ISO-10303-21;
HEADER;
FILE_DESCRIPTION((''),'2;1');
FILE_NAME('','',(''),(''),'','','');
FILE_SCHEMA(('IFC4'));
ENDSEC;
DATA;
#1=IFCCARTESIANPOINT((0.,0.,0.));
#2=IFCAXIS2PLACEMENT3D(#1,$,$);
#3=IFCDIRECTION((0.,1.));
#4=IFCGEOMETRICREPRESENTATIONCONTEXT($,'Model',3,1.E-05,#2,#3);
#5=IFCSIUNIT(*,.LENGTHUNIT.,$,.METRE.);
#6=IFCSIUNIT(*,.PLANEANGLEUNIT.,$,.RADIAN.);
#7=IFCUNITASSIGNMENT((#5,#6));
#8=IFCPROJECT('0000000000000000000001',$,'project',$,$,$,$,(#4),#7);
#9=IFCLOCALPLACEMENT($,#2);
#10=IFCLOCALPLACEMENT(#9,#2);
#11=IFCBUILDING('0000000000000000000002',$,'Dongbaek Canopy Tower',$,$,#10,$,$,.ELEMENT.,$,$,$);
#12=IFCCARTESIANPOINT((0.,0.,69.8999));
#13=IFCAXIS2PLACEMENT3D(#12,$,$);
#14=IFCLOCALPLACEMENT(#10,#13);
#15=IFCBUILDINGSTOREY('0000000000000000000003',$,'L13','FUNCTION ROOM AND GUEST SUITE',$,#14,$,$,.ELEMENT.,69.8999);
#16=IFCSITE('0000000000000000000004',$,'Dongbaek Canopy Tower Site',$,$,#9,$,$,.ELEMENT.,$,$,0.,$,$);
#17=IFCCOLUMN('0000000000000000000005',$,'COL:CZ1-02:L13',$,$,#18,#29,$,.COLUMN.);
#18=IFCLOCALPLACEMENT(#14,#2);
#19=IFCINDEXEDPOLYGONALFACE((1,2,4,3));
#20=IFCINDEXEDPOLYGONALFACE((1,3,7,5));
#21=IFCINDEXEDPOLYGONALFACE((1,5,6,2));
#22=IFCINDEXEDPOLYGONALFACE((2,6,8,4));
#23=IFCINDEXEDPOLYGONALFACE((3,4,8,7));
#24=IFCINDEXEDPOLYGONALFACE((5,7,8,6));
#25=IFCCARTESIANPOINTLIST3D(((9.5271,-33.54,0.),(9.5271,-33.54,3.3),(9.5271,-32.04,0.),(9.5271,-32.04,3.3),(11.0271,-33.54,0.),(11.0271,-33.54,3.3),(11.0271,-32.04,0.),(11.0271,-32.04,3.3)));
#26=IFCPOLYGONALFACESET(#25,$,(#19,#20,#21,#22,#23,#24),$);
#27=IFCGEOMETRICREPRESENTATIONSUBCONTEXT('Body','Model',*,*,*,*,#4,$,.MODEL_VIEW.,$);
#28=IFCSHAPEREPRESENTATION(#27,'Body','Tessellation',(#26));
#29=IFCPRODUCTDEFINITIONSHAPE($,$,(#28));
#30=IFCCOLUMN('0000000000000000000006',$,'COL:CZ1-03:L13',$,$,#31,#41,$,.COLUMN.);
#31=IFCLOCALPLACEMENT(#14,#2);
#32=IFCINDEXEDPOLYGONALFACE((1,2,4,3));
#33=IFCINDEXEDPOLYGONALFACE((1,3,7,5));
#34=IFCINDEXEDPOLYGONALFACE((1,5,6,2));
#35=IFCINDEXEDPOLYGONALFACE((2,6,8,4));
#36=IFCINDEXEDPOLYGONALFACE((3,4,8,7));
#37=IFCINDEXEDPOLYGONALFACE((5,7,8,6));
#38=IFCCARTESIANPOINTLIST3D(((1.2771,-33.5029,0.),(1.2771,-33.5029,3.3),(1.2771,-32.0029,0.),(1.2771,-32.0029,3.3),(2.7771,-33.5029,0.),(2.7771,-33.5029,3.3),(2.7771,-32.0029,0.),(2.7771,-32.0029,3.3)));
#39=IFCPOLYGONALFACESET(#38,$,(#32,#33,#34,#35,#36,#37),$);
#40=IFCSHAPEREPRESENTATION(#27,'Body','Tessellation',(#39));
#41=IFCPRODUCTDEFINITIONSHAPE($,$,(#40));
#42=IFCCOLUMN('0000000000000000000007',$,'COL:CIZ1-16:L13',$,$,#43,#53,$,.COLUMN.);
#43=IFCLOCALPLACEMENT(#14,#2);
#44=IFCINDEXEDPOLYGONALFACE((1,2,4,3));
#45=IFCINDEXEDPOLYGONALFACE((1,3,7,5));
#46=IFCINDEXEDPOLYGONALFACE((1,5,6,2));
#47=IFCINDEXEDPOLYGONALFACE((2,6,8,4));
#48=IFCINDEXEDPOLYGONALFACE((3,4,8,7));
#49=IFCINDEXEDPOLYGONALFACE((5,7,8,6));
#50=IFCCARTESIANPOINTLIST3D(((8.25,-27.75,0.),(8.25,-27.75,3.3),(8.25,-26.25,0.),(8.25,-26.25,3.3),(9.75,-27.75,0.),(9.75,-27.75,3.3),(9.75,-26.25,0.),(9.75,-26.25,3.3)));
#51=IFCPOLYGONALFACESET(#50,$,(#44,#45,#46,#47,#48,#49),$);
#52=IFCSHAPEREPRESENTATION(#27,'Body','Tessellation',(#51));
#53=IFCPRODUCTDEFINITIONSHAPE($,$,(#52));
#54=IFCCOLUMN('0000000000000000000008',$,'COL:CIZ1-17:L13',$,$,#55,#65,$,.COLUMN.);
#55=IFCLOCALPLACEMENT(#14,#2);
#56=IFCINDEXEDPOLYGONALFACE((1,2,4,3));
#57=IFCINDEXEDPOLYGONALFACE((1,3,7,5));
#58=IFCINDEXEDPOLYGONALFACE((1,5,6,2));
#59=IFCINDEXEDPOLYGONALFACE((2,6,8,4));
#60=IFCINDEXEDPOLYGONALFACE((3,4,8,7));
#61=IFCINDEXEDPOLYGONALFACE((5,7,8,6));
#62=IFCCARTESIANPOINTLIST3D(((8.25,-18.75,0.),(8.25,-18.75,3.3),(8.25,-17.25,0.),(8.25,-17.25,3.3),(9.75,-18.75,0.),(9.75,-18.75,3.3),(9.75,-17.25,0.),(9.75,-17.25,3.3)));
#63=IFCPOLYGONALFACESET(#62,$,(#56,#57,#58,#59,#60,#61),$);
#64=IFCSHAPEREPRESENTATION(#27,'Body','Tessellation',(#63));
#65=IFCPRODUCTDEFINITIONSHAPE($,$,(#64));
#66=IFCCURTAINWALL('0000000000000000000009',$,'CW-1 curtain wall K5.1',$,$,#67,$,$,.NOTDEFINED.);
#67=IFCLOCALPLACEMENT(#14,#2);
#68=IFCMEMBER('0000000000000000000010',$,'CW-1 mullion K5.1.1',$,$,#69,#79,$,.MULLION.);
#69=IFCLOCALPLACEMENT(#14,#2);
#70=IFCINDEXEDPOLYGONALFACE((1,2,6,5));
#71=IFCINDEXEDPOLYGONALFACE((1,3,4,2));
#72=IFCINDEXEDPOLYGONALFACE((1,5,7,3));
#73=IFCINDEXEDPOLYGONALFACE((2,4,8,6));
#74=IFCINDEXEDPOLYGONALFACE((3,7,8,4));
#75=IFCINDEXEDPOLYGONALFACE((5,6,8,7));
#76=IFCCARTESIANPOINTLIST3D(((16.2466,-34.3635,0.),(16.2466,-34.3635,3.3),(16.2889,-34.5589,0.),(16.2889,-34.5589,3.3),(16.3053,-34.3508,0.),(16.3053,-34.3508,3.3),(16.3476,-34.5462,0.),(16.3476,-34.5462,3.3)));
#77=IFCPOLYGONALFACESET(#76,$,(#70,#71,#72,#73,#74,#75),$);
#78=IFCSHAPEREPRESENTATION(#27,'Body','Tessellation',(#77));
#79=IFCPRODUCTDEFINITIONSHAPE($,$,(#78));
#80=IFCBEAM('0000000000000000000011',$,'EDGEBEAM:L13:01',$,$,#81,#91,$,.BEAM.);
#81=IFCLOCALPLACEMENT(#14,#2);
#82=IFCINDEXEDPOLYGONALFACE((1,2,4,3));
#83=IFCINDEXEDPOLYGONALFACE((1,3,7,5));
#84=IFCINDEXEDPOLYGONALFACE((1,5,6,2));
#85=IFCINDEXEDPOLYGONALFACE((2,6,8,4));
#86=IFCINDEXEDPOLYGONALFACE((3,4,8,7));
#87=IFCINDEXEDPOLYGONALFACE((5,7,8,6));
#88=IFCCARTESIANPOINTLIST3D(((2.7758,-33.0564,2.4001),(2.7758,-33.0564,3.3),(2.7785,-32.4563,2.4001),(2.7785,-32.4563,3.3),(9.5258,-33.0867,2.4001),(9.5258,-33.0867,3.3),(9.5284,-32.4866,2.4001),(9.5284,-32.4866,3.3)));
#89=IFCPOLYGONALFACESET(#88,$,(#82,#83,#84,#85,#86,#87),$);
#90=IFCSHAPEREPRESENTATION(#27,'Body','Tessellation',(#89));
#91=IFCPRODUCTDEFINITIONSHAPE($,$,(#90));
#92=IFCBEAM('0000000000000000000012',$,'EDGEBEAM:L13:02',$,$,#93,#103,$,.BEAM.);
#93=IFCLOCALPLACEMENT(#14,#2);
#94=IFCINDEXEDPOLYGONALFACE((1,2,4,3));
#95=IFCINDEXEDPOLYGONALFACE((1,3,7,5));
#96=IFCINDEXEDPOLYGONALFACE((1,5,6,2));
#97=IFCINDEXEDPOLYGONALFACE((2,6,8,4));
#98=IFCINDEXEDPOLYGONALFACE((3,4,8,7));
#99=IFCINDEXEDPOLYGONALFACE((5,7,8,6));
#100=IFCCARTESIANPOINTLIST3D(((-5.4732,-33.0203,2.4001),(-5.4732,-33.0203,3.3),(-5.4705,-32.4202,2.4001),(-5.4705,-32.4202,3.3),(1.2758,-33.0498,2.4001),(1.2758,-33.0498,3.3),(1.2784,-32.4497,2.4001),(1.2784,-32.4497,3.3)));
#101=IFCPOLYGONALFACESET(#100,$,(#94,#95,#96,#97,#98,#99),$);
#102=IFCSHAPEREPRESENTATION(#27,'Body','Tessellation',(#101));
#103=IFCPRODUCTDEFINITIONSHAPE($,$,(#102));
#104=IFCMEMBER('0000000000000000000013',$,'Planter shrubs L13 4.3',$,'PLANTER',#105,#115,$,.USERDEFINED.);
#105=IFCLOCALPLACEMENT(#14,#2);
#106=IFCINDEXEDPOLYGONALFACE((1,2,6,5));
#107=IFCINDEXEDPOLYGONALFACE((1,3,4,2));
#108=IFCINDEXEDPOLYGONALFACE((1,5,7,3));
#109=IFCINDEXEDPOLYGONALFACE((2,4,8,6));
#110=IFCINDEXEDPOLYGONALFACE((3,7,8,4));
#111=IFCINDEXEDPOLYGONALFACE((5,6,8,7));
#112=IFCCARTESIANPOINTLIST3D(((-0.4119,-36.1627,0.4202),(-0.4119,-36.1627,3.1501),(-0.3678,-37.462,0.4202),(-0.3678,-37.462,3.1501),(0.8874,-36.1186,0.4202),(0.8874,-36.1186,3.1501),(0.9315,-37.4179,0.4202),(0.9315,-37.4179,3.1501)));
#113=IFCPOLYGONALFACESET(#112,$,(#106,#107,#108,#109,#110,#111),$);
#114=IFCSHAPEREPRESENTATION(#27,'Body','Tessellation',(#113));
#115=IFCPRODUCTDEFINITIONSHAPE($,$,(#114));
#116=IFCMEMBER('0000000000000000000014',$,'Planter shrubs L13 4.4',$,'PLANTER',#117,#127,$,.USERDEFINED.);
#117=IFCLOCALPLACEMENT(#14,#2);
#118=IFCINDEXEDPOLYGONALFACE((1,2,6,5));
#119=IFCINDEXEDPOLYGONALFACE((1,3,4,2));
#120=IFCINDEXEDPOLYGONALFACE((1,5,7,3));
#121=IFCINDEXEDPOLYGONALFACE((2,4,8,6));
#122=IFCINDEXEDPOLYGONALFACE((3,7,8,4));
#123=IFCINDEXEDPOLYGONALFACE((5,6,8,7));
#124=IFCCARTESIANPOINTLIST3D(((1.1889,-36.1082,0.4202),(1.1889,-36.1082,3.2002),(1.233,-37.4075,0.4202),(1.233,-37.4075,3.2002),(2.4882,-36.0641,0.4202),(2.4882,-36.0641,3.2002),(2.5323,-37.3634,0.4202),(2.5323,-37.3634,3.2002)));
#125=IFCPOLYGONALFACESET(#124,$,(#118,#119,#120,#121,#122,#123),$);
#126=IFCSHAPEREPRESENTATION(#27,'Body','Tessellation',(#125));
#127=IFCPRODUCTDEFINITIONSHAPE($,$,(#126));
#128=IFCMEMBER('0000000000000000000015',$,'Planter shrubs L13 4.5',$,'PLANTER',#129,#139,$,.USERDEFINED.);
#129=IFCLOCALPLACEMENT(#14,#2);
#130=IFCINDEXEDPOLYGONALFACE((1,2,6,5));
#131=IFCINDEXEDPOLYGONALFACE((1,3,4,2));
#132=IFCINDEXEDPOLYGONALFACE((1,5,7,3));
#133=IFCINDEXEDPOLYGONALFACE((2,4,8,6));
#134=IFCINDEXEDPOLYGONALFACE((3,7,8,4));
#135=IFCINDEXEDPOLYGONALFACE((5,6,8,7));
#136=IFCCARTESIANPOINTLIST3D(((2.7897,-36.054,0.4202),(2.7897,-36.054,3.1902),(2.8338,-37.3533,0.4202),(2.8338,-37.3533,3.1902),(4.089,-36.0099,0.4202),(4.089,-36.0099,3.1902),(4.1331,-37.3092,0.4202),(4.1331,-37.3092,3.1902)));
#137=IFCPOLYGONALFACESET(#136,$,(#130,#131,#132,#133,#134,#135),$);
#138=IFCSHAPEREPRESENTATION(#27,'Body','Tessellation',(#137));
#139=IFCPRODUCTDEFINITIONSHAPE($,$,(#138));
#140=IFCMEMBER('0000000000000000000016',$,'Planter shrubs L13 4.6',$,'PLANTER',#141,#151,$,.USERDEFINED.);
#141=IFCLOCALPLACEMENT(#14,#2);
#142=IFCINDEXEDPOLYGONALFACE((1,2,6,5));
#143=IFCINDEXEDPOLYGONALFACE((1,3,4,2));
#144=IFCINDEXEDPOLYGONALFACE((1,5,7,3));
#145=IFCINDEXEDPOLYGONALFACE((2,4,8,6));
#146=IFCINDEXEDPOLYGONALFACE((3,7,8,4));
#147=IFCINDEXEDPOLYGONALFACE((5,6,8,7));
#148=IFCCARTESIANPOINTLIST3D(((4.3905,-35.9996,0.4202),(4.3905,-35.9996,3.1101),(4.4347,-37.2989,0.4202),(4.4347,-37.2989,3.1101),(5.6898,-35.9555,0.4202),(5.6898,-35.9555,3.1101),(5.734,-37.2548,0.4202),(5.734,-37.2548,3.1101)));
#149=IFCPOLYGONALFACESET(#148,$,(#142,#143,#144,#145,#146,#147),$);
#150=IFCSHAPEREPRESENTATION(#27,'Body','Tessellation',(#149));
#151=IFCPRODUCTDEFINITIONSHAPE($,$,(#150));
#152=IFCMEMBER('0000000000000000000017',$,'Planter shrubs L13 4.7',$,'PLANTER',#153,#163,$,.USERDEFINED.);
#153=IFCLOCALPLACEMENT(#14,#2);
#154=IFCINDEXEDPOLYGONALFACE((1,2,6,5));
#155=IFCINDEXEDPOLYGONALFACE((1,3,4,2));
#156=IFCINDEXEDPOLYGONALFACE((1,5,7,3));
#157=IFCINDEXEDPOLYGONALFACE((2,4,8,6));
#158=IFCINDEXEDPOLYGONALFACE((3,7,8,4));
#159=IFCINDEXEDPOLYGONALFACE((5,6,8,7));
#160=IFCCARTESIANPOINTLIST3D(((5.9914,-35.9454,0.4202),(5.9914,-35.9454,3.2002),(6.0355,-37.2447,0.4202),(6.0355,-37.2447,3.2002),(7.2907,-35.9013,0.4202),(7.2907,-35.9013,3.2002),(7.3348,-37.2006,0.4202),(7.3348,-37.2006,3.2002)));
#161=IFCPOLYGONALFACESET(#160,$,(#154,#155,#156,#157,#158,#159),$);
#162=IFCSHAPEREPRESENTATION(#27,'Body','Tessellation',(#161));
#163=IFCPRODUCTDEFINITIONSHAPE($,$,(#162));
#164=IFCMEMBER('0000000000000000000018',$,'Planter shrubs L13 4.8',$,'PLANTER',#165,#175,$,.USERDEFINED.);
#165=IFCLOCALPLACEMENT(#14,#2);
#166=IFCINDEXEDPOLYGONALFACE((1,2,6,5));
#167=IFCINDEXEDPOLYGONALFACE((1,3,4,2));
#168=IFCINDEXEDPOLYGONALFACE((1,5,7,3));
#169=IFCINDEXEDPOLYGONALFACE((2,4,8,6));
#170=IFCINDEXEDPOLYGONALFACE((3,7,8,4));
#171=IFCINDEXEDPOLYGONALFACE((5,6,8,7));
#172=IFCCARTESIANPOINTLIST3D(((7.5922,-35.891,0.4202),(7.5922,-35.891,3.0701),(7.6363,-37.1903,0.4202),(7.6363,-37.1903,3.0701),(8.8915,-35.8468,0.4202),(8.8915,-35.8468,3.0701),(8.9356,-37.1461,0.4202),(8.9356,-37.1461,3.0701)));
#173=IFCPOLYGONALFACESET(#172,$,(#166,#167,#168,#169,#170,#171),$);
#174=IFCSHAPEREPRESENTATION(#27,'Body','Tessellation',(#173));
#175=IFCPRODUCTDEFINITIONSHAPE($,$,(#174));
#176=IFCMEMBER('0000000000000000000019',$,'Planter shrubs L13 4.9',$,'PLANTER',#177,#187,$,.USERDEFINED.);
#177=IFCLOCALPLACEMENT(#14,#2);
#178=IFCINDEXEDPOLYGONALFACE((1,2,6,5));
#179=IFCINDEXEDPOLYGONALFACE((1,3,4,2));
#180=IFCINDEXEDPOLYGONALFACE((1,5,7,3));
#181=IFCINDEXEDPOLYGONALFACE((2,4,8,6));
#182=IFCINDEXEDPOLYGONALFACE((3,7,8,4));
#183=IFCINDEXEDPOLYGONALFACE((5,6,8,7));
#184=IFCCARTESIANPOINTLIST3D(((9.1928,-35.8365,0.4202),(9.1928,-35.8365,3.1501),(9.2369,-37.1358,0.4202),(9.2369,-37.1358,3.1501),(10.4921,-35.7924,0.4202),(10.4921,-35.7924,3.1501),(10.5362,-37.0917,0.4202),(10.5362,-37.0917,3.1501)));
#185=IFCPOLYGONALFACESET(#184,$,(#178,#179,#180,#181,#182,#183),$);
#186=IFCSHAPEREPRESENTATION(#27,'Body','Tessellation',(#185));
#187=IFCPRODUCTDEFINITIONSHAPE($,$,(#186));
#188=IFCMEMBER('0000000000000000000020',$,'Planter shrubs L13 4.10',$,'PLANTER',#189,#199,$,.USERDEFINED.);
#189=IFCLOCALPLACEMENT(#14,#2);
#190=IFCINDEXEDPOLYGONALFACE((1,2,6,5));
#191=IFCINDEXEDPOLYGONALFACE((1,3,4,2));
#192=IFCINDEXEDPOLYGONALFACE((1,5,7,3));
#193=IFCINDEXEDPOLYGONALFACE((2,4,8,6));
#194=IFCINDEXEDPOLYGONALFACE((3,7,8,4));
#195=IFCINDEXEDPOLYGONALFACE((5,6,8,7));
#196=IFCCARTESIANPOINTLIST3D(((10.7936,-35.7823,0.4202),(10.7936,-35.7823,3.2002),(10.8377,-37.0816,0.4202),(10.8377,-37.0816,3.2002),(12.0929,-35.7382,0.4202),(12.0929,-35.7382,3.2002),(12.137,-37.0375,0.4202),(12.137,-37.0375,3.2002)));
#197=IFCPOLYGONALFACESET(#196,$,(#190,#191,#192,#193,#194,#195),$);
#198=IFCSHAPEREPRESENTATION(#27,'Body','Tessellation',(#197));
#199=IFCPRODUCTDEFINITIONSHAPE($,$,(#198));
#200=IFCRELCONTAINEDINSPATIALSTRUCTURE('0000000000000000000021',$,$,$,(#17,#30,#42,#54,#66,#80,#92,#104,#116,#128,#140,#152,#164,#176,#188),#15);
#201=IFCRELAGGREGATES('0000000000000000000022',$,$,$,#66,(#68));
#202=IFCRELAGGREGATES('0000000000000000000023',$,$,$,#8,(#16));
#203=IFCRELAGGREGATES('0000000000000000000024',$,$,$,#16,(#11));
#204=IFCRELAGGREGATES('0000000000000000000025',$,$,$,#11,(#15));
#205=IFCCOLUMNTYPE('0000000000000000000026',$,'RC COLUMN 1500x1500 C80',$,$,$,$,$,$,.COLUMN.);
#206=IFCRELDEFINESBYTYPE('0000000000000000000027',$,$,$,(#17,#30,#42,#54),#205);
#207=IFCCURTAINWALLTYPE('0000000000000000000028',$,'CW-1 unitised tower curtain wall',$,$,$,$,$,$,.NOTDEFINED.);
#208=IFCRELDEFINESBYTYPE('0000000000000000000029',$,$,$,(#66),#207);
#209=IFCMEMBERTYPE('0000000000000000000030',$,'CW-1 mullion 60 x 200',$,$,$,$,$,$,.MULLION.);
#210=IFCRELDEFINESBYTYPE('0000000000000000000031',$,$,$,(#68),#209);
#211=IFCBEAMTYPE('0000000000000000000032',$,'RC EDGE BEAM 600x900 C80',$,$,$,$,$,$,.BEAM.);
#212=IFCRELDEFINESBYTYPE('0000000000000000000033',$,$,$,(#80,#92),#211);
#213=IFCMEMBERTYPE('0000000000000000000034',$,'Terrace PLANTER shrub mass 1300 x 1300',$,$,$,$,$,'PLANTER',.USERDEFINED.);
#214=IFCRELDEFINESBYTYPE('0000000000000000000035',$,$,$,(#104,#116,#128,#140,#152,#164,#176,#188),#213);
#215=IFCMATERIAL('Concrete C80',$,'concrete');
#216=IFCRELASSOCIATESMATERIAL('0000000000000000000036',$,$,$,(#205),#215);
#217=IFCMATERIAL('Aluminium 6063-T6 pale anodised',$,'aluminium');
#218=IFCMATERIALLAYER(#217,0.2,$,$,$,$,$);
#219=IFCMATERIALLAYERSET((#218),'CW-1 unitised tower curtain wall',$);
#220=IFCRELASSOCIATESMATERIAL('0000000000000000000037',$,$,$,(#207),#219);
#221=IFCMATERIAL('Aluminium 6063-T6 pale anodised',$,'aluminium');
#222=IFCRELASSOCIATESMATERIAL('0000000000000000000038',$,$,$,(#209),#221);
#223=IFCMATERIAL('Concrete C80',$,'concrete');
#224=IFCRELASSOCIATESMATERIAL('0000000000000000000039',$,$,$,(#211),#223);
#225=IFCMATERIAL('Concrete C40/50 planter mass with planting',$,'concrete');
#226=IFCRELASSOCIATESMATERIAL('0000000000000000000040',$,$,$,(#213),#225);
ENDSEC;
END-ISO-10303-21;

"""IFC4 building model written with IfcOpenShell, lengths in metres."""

from ifc_helpers import new_model, si_unit, direction, frame, origin, origin_2d, place, context, subcontext, project, spatial, rectangle, extrude, material, layer, layer_set, material_profile, profile_set, type_object, element, aggregate, save


model = new_model("IFC4")

# Units and contexts
model_context = context("Model", 3, precision=1e-05, world=origin(), true_north=direction((0.0, 1.0)))
body_context = subcontext(model_context, "Body", "Model", "MODEL_VIEW")
ifc_project = project(units=[si_unit("LENGTHUNIT", "METRE"), si_unit("PLANEANGLEUNIT", "RADIAN")], contexts=[model_context])

# Site, building, storey
site_placement = place(None, origin())
site = spatial("IfcSite", under=ifc_project, at=site_placement, Name="Dongbaek Canopy Tower Site", CompositionType="ELEMENT", RefElevation=0.0)
building_placement = place(site_placement, origin())
building = spatial("IfcBuilding", under=site, at=building_placement, Name="Dongbaek Canopy Tower", CompositionType="ELEMENT")
storey_placement = place(building_placement, frame((0.0, 0.0, 69.8999)))
storey = spatial("IfcBuildingStorey", under=building, at=storey_placement, Name="L13", Description="FUNCTION ROOM AND GUEST SUITE", CompositionType="ELEMENT", Elevation=69.8999)

# Columns
ifc_material_1 = material(Name="Concrete C80", Category="concrete")
ifc_material_profile_1 = material_profile(ifc_material_1, rectangle(XDim=1.5, YDim=1.5, at=origin_2d()), Name="RC COLUMN 1500x1500 C80")
ifc_profile_set_1 = profile_set([ifc_material_profile_1], Name="Concrete C80")
column_type = type_object("IfcColumnType", Name="RC COLUMN 1500x1500 C80", PredefinedType="COLUMN", material=ifc_profile_set_1)
for number, where, z_axis, x_axis, name in (
    (1, (10.2771, -32.79, 0.0), (0.0, 0.0, 1.0), (1.0, 0.0, 0.0), "COL:CZ1-02:L13"),
    (2, (2.0271, -32.7529, 0.0), (0.0, 0.0, 1.0), (1.0, 0.0, 0.0), "COL:CZ1-03:L13"),
    (3, (9.0, -27.0, 0.0), (0.0, 0.0, 1.0), (1.0, 0.0, 0.0), "COL:CIZ1-16:L13"),
    (4, (9.0, -18.0, 0.0), (0.0, 0.0, 1.0), (1.0, 0.0, 0.0), "COL:CIZ1-17:L13"),
):
    element("IfcColumn", number, at=place(storey_placement, frame(where, z_axis=z_axis, x_axis=x_axis)), inside=storey, type_object=column_type, Name=name, PredefinedType="COLUMN", context=body_context, shape_type="SweptSolid", body=[
        extrude(rectangle(XDim=1.5, YDim=1.5, at=origin_2d()), origin(), (0.0, 0.0, 1.0), 3.3),
    ])

# Curtain wall, member
ifc_material_2 = material(Name="Aluminium 6063-T6 pale anodised", Category="aluminium")
ifc_layer_1 = layer(ifc_material_2, 0.2)
ifc_layer_set_1 = layer_set([ifc_layer_1], Name="CW-1 unitised tower curtain wall")
curtain_wall_type = type_object("IfcCurtainWallType", Name="CW-1 unitised tower curtain wall", PredefinedType="NOTDEFINED", material=ifc_layer_set_1)
curtain_wall_placement = place(storey_placement, origin())
curtain_wall = element("IfcCurtainWall", 5, at=curtain_wall_placement, inside=storey, type_object=curtain_wall_type, Name="CW-1 curtain wall K5.1", PredefinedType="NOTDEFINED")
ifc_material_3 = material(Name="Aluminium 6063-T6 pale anodised", Category="aluminium")
ifc_material_profile_2 = material_profile(ifc_material_3, rectangle(XDim=0.2, YDim=0.0601, at=origin_2d()), Name="CW-1 mullion 60 x 200")
ifc_profile_set_2 = profile_set([ifc_material_profile_2], Name="Aluminium 6063-T6 pale anodised")
member_type_1 = type_object("IfcMemberType", Name="CW-1 mullion 60 x 200", PredefinedType="MULLION", material=ifc_profile_set_2)
member_1_placement = place(storey_placement, frame((16.2971, -34.4548, 0.0), z_axis=(0.0, 0.0, 1.0), x_axis=(0.211349, -0.977411, 0.0)))
member_1 = element("IfcMember", 6, at=member_1_placement, type_object=member_type_1, Name="CW-1 mullion K5.1.1", PredefinedType="MULLION", context=body_context, shape_type="SweptSolid", body=[
    extrude(rectangle(XDim=0.2, YDim=0.0601, at=origin_2d()), origin(), (0.0, 0.0, 1.0), 3.3),
])
aggregate(curtain_wall, [member_1])

# Beams
ifc_material_4 = material(Name="Concrete C80", Category="concrete")
ifc_material_profile_3 = material_profile(ifc_material_4, rectangle(XDim=0.6001, YDim=0.8999, at=origin_2d()), Name="RC EDGE BEAM 600x900 C80")
ifc_profile_set_3 = profile_set([ifc_material_profile_3], Name="Concrete C80")
beam_type = type_object("IfcBeamType", Name="RC EDGE BEAM 600x900 C80", PredefinedType="BEAM", material=ifc_profile_set_3)
beam_1_placement = place(storey_placement, frame((9.5271, -32.7866, 2.8501), z_axis=(-0.99999, 0.004485, 0.0), x_axis=(-0.004485, -0.99999, 0.0)))
element("IfcBeam", 7, at=beam_1_placement, inside=storey, type_object=beam_type, Name="EDGEBEAM:L13:01", PredefinedType="BEAM", context=body_context, shape_type="SweptSolid", body=[
    extrude(rectangle(XDim=0.6001, YDim=0.8999, at=origin_2d()), origin(), (0.0, 0.0, 1.0), 6.75),
])
beam_2_placement = place(storey_placement, frame((1.2771, -32.7498, 2.8501), z_axis=(-0.99999, 0.004377, 0.0), x_axis=(-0.004377, -0.99999, 0.0)))
element("IfcBeam", 8, at=beam_2_placement, inside=storey, type_object=beam_type, Name="EDGEBEAM:L13:02", PredefinedType="BEAM", context=body_context, shape_type="SweptSolid", body=[
    extrude(rectangle(XDim=0.6001, YDim=0.8999, at=origin_2d()), origin(), (0.0, 0.0, 1.0), 6.749),
])

# Members
ifc_material_5 = material(Name="Concrete C40/50 planter mass with planting", Category="concrete")
ifc_material_profile_4 = material_profile(ifc_material_5, rectangle(XDim=1.3, YDim=1.3, at=origin_2d()), Name="Terrace PLANTER shrub mass 1300 x 1300")
ifc_profile_set_4 = profile_set([ifc_material_profile_4], Name="Concrete C40/50 planter mass with planting")
member_type_2 = type_object("IfcMemberType", Name="Terrace PLANTER shrub mass 1300 x 1300", ElementType="PLANTER", PredefinedType="USERDEFINED", material=ifc_profile_set_4)
member_2_placement = place(storey_placement, frame((0.2598, -36.7903, 0.4202), z_axis=(0.0, 0.0, 1.0), x_axis=(0.033933, -0.999424, 0.0)))
element("IfcMember", 9, at=member_2_placement, inside=storey, type_object=member_type_2, Name="Planter shrubs L13 4.3", ObjectType="PLANTER", PredefinedType="USERDEFINED", context=body_context, shape_type="SweptSolid", body=[
    extrude(rectangle(XDim=1.3, YDim=1.3, at=origin_2d()), origin(), (0.0, 0.0, 1.0), 2.73),
])
member_3_placement = place(storey_placement, frame((1.8606, -36.7358, 0.4202), z_axis=(0.0, 0.0, 1.0), x_axis=(0.033933, -0.999424, 0.0)))
element("IfcMember", 10, at=member_3_placement, inside=storey, type_object=member_type_2, Name="Planter shrubs L13 4.4", ObjectType="PLANTER", PredefinedType="USERDEFINED", context=body_context, shape_type="SweptSolid", body=[
    extrude(rectangle(XDim=1.3, YDim=1.3, at=origin_2d()), origin(), (0.0, 0.0, 1.0), 2.78),
])
member_4_placement = place(storey_placement, frame((3.4614, -36.6816, 0.4202), z_axis=(0.0, 0.0, 1.0), x_axis=(0.033933, -0.999424, 0.0)))
element("IfcMember", 11, at=member_4_placement, inside=storey, type_object=member_type_2, Name="Planter shrubs L13 4.5", ObjectType="PLANTER", PredefinedType="USERDEFINED", context=body_context, shape_type="SweptSolid", body=[
    extrude(rectangle(XDim=1.3, YDim=1.3, at=origin_2d()), origin(), (0.0, 0.0, 1.0), 2.77),
])
member_5_placement = place(storey_placement, frame((5.0623, -36.6272, 0.4202), z_axis=(0.0, 0.0, 1.0), x_axis=(0.033933, -0.999424, 0.0)))
element("IfcMember", 12, at=member_5_placement, inside=storey, type_object=member_type_2, Name="Planter shrubs L13 4.6", ObjectType="PLANTER", PredefinedType="USERDEFINED", context=body_context, shape_type="SweptSolid", body=[
    extrude(rectangle(XDim=1.3, YDim=1.3, at=origin_2d()), origin(), (0.0, 0.0, 1.0), 2.6899),
])
member_6_placement = place(storey_placement, frame((6.6631, -36.573, 0.4202), z_axis=(0.0, 0.0, 1.0), x_axis=(0.033933, -0.999424, 0.0)))
element("IfcMember", 13, at=member_6_placement, inside=storey, type_object=member_type_2, Name="Planter shrubs L13 4.7", ObjectType="PLANTER", PredefinedType="USERDEFINED", context=body_context, shape_type="SweptSolid", body=[
    extrude(rectangle(XDim=1.3, YDim=1.3, at=origin_2d()), origin(), (0.0, 0.0, 1.0), 2.78),
])
member_7_placement = place(storey_placement, frame((8.2639, -36.5186, 0.4202), z_axis=(0.0, 0.0, 1.0), x_axis=(0.033933, -0.999424, 0.0)))
element("IfcMember", 14, at=member_7_placement, inside=storey, type_object=member_type_2, Name="Planter shrubs L13 4.8", ObjectType="PLANTER", PredefinedType="USERDEFINED", context=body_context, shape_type="SweptSolid", body=[
    extrude(rectangle(XDim=1.3, YDim=1.3, at=origin_2d()), origin(), (0.0, 0.0, 1.0), 2.6499),
])
member_8_placement = place(storey_placement, frame((9.8645, -36.4641, 0.4202), z_axis=(0.0, 0.0, 1.0), x_axis=(0.033933, -0.999424, 0.0)))
element("IfcMember", 15, at=member_8_placement, inside=storey, type_object=member_type_2, Name="Planter shrubs L13 4.9", ObjectType="PLANTER", PredefinedType="USERDEFINED", context=body_context, shape_type="SweptSolid", body=[
    extrude(rectangle(XDim=1.3, YDim=1.3, at=origin_2d()), origin(), (0.0, 0.0, 1.0), 2.73),
])
member_9_placement = place(storey_placement, frame((11.4653, -36.4099, 0.4202), z_axis=(0.0, 0.0, 1.0), x_axis=(0.033933, -0.999424, 0.0)))
element("IfcMember", 16, at=member_9_placement, inside=storey, type_object=member_type_2, Name="Planter shrubs L13 4.10", ObjectType="PLANTER", PredefinedType="USERDEFINED", context=body_context, shape_type="SweptSolid", body=[
    extrude(rectangle(XDim=1.3, YDim=1.3, at=origin_2d()), origin(), (0.0, 0.0, 1.0), 2.78),
])

save(model, "model.ifc")
